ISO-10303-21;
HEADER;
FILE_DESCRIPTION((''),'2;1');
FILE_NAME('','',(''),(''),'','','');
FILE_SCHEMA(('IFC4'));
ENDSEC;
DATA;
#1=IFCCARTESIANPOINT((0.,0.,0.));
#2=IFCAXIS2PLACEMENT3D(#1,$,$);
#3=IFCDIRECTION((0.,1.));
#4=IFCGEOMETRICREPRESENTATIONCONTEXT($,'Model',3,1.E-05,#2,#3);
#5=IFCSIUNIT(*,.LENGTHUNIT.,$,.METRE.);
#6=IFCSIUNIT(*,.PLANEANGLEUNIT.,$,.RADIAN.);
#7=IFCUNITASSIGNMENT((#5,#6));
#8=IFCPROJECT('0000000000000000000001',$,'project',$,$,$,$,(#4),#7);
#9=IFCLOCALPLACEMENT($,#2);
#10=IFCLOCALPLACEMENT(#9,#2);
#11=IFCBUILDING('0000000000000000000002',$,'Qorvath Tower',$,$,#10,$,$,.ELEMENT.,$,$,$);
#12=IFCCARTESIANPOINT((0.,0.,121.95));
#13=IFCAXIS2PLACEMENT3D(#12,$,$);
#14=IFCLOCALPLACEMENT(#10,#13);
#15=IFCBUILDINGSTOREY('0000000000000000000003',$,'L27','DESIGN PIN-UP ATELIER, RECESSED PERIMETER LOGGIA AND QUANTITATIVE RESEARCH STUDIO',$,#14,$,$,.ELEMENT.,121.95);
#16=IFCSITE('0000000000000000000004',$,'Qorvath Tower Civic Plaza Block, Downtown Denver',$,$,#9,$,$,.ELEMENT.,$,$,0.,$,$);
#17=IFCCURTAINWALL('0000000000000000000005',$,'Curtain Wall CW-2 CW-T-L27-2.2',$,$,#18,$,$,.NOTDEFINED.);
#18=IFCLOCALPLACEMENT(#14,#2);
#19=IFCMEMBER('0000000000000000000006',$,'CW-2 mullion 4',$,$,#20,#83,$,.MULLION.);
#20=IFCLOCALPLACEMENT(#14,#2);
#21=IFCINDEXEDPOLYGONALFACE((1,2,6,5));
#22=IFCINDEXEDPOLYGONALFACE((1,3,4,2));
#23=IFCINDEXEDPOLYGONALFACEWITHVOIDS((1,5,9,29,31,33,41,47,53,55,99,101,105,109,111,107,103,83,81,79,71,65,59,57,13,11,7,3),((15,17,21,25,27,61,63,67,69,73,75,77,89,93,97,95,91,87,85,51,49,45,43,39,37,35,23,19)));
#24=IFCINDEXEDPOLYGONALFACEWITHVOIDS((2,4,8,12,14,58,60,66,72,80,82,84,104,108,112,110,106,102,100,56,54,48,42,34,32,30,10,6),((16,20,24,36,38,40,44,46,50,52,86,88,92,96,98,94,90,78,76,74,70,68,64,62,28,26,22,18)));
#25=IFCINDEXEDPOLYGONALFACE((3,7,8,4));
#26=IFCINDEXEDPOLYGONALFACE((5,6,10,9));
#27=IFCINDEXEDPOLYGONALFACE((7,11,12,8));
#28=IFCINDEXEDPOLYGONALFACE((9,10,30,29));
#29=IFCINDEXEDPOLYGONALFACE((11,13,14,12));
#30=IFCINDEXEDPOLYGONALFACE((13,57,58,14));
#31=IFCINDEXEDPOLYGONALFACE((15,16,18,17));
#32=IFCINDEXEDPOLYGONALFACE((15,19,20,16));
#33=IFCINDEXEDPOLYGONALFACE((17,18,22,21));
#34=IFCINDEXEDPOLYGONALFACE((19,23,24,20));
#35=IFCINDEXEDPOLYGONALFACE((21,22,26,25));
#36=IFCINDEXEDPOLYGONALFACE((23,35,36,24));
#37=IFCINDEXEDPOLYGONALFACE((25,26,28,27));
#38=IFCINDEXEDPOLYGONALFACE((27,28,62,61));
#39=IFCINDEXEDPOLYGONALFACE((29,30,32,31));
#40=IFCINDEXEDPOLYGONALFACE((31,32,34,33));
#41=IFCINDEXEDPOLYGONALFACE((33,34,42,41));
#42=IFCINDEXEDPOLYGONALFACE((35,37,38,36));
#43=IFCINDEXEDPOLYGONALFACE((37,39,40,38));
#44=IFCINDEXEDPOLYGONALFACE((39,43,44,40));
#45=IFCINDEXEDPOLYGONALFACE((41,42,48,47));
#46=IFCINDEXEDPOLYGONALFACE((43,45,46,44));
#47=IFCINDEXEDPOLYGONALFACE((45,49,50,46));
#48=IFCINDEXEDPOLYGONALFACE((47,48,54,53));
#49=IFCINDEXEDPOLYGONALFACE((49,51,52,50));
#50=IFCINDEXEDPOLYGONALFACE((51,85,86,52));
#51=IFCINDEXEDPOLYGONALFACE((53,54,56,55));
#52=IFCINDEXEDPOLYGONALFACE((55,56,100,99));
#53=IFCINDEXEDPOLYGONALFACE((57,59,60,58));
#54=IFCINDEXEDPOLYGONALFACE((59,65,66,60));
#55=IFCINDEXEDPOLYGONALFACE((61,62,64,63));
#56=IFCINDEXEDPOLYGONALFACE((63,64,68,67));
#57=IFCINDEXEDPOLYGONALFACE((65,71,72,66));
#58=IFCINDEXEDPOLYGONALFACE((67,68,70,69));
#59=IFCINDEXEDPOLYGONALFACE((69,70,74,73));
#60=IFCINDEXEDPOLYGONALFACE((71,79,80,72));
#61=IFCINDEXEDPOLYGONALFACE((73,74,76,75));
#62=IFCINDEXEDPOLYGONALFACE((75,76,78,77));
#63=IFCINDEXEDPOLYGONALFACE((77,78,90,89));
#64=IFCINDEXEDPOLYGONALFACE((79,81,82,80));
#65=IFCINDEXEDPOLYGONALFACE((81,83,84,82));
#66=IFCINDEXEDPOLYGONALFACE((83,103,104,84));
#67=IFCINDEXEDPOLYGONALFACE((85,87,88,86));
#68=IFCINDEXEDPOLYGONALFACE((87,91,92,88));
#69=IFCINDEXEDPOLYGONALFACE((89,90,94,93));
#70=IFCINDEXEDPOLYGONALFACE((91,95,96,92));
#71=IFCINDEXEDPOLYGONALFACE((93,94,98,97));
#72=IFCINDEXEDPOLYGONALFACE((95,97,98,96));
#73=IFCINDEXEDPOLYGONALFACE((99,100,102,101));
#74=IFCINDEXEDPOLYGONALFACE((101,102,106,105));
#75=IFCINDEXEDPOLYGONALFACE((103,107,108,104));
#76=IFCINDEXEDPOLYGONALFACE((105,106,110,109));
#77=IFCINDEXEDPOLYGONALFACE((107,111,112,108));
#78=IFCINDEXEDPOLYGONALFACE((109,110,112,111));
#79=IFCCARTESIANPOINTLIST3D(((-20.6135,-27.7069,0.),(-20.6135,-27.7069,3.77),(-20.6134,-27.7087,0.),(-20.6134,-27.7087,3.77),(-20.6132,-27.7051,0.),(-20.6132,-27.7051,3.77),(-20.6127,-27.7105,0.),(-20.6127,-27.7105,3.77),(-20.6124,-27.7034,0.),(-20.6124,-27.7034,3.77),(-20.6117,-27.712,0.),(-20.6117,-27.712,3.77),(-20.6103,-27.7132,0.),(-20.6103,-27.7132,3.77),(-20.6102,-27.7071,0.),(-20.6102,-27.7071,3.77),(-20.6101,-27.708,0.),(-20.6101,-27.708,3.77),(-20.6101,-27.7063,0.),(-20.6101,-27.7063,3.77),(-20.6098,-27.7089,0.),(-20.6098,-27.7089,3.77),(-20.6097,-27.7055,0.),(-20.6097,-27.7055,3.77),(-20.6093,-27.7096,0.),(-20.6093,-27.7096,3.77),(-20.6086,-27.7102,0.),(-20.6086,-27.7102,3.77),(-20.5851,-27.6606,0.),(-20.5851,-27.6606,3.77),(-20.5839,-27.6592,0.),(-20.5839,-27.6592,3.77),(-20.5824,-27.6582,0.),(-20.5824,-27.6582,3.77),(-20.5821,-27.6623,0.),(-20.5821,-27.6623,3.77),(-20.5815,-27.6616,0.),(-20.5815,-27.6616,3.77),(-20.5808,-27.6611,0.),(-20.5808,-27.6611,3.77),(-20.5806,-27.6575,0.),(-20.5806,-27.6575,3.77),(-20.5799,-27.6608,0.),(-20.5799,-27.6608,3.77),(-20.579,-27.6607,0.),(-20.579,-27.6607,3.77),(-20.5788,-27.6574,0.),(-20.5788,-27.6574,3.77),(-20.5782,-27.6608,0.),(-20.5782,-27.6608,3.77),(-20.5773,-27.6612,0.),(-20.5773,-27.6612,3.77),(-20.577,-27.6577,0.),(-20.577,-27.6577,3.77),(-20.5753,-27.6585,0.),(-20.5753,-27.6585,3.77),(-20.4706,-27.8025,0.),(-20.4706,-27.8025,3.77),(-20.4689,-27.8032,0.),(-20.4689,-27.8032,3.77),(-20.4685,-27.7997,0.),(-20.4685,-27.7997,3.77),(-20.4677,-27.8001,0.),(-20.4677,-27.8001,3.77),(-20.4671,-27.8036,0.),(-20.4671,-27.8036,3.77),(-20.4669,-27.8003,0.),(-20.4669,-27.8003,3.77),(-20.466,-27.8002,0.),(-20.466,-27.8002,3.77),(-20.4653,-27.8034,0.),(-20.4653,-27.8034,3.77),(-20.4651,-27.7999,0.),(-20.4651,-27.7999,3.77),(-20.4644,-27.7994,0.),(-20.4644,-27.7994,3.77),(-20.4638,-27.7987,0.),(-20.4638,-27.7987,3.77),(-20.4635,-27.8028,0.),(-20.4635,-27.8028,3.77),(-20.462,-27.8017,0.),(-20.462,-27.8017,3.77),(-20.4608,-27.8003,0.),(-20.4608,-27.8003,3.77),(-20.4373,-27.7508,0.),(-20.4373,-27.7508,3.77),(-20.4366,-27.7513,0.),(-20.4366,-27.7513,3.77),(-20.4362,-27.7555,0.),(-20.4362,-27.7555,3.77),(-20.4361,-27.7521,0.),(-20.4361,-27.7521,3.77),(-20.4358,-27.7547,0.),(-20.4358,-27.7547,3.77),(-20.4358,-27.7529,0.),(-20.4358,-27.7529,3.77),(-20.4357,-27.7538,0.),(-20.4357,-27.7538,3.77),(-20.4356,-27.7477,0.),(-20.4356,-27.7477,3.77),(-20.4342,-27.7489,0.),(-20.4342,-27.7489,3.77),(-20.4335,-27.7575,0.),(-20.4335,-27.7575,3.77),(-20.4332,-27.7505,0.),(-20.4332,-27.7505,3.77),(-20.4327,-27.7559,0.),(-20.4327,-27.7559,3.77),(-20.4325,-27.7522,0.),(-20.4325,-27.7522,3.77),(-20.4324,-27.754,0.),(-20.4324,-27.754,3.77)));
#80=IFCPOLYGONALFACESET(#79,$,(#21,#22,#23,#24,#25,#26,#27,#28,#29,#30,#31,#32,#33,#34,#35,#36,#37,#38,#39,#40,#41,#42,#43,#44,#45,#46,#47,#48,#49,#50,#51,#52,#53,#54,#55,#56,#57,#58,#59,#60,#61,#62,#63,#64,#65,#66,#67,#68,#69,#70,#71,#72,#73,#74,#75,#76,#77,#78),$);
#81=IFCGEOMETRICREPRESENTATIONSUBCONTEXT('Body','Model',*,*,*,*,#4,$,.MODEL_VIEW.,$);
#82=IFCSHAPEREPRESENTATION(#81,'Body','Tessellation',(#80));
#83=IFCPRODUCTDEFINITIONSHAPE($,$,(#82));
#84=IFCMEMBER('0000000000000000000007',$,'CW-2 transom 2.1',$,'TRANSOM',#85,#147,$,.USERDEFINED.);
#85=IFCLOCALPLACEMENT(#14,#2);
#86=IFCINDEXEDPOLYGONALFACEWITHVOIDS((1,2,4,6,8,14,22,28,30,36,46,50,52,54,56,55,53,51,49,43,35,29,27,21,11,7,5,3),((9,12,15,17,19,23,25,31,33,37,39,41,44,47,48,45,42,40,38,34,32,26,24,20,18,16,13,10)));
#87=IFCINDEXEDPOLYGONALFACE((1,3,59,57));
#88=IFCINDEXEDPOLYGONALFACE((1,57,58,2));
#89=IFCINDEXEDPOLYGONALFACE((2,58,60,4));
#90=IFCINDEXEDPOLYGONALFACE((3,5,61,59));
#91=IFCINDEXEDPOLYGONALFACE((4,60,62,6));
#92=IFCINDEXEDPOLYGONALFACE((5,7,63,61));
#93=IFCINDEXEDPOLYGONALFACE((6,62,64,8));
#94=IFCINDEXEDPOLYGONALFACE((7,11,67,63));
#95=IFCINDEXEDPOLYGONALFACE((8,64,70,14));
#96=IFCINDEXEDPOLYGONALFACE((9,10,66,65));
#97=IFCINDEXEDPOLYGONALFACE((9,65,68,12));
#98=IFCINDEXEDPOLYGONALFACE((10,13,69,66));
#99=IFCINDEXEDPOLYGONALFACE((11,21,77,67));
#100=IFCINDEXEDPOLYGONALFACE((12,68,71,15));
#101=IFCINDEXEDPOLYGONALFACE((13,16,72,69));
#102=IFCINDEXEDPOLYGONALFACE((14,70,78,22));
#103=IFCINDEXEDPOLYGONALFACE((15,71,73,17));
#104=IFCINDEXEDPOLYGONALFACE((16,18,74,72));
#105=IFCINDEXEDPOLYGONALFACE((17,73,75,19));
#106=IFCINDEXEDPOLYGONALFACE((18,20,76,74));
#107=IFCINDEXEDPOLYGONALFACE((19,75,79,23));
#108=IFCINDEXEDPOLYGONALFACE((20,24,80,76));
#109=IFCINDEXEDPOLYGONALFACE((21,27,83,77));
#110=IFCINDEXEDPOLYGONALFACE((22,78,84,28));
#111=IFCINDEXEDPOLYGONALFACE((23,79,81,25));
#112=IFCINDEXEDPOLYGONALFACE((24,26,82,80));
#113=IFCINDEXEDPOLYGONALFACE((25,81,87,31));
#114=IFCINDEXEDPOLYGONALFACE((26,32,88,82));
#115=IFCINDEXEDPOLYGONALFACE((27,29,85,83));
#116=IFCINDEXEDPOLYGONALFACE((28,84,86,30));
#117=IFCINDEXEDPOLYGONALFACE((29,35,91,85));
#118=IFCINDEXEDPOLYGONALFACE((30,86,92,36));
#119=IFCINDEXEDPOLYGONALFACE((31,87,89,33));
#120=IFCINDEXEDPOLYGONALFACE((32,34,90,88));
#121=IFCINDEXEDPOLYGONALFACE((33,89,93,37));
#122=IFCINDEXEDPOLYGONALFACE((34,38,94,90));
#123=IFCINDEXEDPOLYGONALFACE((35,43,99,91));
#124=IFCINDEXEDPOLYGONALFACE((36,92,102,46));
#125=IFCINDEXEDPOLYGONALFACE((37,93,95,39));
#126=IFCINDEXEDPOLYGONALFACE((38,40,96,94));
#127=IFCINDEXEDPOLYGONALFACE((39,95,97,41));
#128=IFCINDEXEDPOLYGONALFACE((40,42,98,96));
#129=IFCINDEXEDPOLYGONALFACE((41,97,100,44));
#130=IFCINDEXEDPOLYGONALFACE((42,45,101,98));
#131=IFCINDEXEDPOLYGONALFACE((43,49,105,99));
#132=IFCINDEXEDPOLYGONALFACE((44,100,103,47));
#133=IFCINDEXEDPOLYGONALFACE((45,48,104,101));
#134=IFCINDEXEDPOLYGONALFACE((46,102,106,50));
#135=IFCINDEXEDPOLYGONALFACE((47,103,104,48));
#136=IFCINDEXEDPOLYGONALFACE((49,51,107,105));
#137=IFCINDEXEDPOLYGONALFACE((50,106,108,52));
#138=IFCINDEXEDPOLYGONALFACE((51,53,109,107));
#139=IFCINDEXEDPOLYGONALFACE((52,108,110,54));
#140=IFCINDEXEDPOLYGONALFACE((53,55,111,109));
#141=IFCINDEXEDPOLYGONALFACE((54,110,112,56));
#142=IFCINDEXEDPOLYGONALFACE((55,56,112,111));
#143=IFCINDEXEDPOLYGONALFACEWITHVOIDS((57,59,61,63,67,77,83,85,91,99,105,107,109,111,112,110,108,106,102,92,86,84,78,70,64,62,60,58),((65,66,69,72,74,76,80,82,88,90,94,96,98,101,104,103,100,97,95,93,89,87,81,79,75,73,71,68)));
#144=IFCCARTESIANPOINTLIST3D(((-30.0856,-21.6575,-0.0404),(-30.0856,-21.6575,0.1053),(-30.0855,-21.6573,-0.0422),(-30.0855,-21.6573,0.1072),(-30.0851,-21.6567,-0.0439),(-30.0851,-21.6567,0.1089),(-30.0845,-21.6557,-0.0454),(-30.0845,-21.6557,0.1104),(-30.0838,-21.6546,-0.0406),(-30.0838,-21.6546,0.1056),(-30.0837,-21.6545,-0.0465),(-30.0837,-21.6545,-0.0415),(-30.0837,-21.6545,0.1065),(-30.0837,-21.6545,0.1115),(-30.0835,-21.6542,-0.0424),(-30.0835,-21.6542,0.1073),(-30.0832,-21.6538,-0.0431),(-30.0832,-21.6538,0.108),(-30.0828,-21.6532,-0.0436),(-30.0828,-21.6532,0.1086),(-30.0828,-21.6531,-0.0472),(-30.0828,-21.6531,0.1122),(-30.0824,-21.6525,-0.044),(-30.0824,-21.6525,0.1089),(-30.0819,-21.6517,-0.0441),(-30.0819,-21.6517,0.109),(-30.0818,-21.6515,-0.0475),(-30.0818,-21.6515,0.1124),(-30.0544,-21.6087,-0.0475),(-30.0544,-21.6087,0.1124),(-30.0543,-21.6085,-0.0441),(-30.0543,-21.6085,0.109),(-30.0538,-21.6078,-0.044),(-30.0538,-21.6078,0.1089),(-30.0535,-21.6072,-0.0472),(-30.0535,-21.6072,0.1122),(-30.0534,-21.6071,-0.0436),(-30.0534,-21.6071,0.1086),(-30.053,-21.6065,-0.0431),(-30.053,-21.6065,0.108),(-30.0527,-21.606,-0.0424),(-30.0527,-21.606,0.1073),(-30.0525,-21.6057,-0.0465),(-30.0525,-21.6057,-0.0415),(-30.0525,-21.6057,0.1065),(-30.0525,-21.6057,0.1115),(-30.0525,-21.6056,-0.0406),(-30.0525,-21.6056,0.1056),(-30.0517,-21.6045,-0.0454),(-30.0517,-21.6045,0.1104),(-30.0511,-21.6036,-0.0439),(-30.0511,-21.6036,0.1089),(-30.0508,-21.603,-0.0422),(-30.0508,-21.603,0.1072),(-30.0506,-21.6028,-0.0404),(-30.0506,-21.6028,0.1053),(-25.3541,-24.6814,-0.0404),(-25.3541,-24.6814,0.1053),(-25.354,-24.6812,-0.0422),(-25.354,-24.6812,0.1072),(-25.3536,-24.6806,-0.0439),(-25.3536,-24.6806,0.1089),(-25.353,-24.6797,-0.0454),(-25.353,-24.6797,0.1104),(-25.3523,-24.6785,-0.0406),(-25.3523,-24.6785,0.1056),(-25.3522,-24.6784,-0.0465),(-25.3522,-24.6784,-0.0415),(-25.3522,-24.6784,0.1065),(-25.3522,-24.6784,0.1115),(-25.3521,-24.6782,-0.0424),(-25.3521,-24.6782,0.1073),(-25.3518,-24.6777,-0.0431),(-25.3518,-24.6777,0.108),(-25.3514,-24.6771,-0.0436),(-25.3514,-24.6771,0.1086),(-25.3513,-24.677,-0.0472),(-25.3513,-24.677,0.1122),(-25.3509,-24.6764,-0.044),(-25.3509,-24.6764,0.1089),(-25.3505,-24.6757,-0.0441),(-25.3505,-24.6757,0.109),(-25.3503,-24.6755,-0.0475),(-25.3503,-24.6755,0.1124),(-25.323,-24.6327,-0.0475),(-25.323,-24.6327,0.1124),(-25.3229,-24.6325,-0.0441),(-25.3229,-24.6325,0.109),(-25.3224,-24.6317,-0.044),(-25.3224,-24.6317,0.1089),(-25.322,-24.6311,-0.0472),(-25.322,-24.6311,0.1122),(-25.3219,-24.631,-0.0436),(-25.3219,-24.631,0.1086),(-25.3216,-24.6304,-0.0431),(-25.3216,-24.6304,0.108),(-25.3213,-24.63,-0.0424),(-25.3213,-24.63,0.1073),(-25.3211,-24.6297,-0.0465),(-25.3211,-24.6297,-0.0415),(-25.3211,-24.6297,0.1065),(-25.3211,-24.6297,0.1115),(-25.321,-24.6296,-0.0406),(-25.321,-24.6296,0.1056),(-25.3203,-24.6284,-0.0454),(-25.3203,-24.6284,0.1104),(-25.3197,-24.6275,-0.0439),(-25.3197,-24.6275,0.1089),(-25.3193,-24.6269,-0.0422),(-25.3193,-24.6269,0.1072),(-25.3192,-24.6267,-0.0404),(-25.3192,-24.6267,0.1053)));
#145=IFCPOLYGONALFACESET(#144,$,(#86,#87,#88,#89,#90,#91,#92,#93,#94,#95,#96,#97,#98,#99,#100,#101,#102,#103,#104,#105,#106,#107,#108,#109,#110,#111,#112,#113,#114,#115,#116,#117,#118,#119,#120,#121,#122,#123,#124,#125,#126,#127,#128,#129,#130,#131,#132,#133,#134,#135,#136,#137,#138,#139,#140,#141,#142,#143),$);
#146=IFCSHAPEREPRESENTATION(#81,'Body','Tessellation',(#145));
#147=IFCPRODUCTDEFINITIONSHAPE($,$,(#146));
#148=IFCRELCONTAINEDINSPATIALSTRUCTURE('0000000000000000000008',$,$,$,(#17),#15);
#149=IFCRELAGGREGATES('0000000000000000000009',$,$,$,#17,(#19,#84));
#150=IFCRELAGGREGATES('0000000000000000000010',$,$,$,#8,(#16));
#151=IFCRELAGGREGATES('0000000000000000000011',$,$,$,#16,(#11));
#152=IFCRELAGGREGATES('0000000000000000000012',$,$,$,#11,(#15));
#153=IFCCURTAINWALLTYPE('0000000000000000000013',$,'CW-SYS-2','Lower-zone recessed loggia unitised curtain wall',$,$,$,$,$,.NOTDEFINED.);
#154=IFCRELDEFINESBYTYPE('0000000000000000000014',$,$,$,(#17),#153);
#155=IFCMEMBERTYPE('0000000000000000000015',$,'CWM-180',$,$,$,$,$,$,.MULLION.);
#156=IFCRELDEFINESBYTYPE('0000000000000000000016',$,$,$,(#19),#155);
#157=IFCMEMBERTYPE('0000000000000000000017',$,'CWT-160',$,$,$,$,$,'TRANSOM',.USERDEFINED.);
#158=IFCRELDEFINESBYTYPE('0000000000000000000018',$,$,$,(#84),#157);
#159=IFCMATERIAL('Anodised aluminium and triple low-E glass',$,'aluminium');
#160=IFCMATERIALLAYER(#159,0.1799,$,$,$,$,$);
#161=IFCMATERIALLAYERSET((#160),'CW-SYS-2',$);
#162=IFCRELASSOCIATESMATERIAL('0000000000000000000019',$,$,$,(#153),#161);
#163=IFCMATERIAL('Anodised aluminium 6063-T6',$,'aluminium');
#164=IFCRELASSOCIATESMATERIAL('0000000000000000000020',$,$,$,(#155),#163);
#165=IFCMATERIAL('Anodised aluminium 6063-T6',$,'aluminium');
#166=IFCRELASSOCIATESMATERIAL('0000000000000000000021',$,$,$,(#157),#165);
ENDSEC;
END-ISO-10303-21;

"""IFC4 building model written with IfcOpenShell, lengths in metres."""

from ifc_helpers import new_model, si_unit, direction, frame, origin, origin_2d, place, context, subcontext, project, spatial, hollow_rectangle, extrude, material, layer, layer_set, material_profile, profile_set, type_object, element, aggregate, save


model = new_model("IFC4")

# Units and contexts
model_context = context("Model", 3, precision=1e-05, world=origin(), true_north=direction((0.0, 1.0)))
body_context = subcontext(model_context, "Body", "Model", "MODEL_VIEW")
ifc_project = project(units=[si_unit("LENGTHUNIT", "METRE"), si_unit("PLANEANGLEUNIT", "RADIAN")], contexts=[model_context])

# Site, building, storey
site_placement = place(None, origin())
site = spatial("IfcSite", under=ifc_project, at=site_placement, Name="Qorvath Tower Civic Plaza Block, Downtown Denver", CompositionType="ELEMENT", RefElevation=0.0)
building_placement = place(site_placement, origin())
building = spatial("IfcBuilding", under=site, at=building_placement, Name="Qorvath Tower", CompositionType="ELEMENT")
storey_placement = place(building_placement, frame((0.0, 0.0, 121.95)))
storey = spatial("IfcBuildingStorey", under=building, at=storey_placement, Name="L27", Description="DESIGN PIN-UP ATELIER, RECESSED PERIMETER LOGGIA AND QUANTITATIVE RESEARCH STUDIO", CompositionType="ELEMENT", Elevation=121.95)

# Curtain wall, members
ifc_material_1 = material(Name="Anodised aluminium and triple low-E glass", Category="aluminium")
ifc_layer_1 = layer(ifc_material_1, 0.1799)
ifc_layer_set_1 = layer_set([ifc_layer_1], Name="CW-SYS-2")
curtain_wall_type = type_object("IfcCurtainWallType", Name="CW-SYS-2", Description="Lower-zone recessed loggia unitised curtain wall", PredefinedType="NOTDEFINED", material=ifc_layer_set_1)
curtain_wall_placement = place(storey_placement, origin())
curtain_wall = element("IfcCurtainWall", 1, at=curtain_wall_placement, inside=storey, type_object=curtain_wall_type, Name="Curtain Wall CW-2 CW-T-L27-2.2", PredefinedType="NOTDEFINED")
ifc_material_2 = material(Name="Anodised aluminium 6063-T6", Category="aluminium")
ifc_material_profile_1 = material_profile(ifc_material_2, hollow_rectangle(XDim=0.0649, YDim=0.1799, WallThickness=0.0034, InnerFilletRadius=0.0034, OuterFilletRadius=0.0071, at=origin_2d()), Name="CWM 180x65")
ifc_profile_set_1 = profile_set([ifc_material_profile_1], Name="Anodised aluminium 6063-T6")
member_type_1 = type_object("IfcMemberType", Name="CWM-180", PredefinedType="MULLION", material=ifc_profile_set_1)
member_1_placement = place(storey_placement, frame((-20.5229, -27.7305, 0.0), z_axis=(0.0, 0.0, 1.0), x_axis=(0.538536, 0.842602, 0.0)))
member_1 = element("IfcMember", 2, at=member_1_placement, type_object=member_type_1, Name="CW-2 mullion 4", PredefinedType="MULLION", context=body_context, shape_type="SweptSolid", body=[
    extrude(hollow_rectangle(XDim=0.0649, YDim=0.1799, WallThickness=0.0034, InnerFilletRadius=0.0034, OuterFilletRadius=0.0071, at=origin_2d()), origin(), (0.0, 0.0, 1.0), 3.77),
])
ifc_material_3 = material(Name="Anodised aluminium 6063-T6", Category="aluminium")
ifc_material_profile_2 = material_profile(ifc_material_3, hollow_rectangle(XDim=0.0649, YDim=0.1599, WallThickness=0.0034, InnerFilletRadius=0.0034, OuterFilletRadius=0.0071, at=origin_2d()), Name="CWT 160x65")
ifc_profile_set_2 = profile_set([ifc_material_profile_2], Name="Anodised aluminium 6063-T6")
member_type_2 = type_object("IfcMemberType", Name="CWT-160", ElementType="TRANSOM", PredefinedType="USERDEFINED", material=ifc_profile_set_2)
member_2_placement = place(storey_placement, frame((-30.0681, -21.6301, 0.0325), z_axis=(0.842611, -0.538523, 0.0), x_axis=(0.538523, 0.842611, 0.0)))
member_2 = element("IfcMember", 3, at=member_2_placement, type_object=member_type_2, Name="CW-2 transom 2.1", ObjectType="TRANSOM", PredefinedType="USERDEFINED", context=body_context, shape_type="SweptSolid", body=[
    extrude(hollow_rectangle(XDim=0.0649, YDim=0.1599, WallThickness=0.0034, InnerFilletRadius=0.0034, OuterFilletRadius=0.0071, at=origin_2d()), origin(), (0.0, 0.0, 1.0), 5.6152),
])
aggregate(curtain_wall, [member_1, member_2])

save(model, "model.ifc")
